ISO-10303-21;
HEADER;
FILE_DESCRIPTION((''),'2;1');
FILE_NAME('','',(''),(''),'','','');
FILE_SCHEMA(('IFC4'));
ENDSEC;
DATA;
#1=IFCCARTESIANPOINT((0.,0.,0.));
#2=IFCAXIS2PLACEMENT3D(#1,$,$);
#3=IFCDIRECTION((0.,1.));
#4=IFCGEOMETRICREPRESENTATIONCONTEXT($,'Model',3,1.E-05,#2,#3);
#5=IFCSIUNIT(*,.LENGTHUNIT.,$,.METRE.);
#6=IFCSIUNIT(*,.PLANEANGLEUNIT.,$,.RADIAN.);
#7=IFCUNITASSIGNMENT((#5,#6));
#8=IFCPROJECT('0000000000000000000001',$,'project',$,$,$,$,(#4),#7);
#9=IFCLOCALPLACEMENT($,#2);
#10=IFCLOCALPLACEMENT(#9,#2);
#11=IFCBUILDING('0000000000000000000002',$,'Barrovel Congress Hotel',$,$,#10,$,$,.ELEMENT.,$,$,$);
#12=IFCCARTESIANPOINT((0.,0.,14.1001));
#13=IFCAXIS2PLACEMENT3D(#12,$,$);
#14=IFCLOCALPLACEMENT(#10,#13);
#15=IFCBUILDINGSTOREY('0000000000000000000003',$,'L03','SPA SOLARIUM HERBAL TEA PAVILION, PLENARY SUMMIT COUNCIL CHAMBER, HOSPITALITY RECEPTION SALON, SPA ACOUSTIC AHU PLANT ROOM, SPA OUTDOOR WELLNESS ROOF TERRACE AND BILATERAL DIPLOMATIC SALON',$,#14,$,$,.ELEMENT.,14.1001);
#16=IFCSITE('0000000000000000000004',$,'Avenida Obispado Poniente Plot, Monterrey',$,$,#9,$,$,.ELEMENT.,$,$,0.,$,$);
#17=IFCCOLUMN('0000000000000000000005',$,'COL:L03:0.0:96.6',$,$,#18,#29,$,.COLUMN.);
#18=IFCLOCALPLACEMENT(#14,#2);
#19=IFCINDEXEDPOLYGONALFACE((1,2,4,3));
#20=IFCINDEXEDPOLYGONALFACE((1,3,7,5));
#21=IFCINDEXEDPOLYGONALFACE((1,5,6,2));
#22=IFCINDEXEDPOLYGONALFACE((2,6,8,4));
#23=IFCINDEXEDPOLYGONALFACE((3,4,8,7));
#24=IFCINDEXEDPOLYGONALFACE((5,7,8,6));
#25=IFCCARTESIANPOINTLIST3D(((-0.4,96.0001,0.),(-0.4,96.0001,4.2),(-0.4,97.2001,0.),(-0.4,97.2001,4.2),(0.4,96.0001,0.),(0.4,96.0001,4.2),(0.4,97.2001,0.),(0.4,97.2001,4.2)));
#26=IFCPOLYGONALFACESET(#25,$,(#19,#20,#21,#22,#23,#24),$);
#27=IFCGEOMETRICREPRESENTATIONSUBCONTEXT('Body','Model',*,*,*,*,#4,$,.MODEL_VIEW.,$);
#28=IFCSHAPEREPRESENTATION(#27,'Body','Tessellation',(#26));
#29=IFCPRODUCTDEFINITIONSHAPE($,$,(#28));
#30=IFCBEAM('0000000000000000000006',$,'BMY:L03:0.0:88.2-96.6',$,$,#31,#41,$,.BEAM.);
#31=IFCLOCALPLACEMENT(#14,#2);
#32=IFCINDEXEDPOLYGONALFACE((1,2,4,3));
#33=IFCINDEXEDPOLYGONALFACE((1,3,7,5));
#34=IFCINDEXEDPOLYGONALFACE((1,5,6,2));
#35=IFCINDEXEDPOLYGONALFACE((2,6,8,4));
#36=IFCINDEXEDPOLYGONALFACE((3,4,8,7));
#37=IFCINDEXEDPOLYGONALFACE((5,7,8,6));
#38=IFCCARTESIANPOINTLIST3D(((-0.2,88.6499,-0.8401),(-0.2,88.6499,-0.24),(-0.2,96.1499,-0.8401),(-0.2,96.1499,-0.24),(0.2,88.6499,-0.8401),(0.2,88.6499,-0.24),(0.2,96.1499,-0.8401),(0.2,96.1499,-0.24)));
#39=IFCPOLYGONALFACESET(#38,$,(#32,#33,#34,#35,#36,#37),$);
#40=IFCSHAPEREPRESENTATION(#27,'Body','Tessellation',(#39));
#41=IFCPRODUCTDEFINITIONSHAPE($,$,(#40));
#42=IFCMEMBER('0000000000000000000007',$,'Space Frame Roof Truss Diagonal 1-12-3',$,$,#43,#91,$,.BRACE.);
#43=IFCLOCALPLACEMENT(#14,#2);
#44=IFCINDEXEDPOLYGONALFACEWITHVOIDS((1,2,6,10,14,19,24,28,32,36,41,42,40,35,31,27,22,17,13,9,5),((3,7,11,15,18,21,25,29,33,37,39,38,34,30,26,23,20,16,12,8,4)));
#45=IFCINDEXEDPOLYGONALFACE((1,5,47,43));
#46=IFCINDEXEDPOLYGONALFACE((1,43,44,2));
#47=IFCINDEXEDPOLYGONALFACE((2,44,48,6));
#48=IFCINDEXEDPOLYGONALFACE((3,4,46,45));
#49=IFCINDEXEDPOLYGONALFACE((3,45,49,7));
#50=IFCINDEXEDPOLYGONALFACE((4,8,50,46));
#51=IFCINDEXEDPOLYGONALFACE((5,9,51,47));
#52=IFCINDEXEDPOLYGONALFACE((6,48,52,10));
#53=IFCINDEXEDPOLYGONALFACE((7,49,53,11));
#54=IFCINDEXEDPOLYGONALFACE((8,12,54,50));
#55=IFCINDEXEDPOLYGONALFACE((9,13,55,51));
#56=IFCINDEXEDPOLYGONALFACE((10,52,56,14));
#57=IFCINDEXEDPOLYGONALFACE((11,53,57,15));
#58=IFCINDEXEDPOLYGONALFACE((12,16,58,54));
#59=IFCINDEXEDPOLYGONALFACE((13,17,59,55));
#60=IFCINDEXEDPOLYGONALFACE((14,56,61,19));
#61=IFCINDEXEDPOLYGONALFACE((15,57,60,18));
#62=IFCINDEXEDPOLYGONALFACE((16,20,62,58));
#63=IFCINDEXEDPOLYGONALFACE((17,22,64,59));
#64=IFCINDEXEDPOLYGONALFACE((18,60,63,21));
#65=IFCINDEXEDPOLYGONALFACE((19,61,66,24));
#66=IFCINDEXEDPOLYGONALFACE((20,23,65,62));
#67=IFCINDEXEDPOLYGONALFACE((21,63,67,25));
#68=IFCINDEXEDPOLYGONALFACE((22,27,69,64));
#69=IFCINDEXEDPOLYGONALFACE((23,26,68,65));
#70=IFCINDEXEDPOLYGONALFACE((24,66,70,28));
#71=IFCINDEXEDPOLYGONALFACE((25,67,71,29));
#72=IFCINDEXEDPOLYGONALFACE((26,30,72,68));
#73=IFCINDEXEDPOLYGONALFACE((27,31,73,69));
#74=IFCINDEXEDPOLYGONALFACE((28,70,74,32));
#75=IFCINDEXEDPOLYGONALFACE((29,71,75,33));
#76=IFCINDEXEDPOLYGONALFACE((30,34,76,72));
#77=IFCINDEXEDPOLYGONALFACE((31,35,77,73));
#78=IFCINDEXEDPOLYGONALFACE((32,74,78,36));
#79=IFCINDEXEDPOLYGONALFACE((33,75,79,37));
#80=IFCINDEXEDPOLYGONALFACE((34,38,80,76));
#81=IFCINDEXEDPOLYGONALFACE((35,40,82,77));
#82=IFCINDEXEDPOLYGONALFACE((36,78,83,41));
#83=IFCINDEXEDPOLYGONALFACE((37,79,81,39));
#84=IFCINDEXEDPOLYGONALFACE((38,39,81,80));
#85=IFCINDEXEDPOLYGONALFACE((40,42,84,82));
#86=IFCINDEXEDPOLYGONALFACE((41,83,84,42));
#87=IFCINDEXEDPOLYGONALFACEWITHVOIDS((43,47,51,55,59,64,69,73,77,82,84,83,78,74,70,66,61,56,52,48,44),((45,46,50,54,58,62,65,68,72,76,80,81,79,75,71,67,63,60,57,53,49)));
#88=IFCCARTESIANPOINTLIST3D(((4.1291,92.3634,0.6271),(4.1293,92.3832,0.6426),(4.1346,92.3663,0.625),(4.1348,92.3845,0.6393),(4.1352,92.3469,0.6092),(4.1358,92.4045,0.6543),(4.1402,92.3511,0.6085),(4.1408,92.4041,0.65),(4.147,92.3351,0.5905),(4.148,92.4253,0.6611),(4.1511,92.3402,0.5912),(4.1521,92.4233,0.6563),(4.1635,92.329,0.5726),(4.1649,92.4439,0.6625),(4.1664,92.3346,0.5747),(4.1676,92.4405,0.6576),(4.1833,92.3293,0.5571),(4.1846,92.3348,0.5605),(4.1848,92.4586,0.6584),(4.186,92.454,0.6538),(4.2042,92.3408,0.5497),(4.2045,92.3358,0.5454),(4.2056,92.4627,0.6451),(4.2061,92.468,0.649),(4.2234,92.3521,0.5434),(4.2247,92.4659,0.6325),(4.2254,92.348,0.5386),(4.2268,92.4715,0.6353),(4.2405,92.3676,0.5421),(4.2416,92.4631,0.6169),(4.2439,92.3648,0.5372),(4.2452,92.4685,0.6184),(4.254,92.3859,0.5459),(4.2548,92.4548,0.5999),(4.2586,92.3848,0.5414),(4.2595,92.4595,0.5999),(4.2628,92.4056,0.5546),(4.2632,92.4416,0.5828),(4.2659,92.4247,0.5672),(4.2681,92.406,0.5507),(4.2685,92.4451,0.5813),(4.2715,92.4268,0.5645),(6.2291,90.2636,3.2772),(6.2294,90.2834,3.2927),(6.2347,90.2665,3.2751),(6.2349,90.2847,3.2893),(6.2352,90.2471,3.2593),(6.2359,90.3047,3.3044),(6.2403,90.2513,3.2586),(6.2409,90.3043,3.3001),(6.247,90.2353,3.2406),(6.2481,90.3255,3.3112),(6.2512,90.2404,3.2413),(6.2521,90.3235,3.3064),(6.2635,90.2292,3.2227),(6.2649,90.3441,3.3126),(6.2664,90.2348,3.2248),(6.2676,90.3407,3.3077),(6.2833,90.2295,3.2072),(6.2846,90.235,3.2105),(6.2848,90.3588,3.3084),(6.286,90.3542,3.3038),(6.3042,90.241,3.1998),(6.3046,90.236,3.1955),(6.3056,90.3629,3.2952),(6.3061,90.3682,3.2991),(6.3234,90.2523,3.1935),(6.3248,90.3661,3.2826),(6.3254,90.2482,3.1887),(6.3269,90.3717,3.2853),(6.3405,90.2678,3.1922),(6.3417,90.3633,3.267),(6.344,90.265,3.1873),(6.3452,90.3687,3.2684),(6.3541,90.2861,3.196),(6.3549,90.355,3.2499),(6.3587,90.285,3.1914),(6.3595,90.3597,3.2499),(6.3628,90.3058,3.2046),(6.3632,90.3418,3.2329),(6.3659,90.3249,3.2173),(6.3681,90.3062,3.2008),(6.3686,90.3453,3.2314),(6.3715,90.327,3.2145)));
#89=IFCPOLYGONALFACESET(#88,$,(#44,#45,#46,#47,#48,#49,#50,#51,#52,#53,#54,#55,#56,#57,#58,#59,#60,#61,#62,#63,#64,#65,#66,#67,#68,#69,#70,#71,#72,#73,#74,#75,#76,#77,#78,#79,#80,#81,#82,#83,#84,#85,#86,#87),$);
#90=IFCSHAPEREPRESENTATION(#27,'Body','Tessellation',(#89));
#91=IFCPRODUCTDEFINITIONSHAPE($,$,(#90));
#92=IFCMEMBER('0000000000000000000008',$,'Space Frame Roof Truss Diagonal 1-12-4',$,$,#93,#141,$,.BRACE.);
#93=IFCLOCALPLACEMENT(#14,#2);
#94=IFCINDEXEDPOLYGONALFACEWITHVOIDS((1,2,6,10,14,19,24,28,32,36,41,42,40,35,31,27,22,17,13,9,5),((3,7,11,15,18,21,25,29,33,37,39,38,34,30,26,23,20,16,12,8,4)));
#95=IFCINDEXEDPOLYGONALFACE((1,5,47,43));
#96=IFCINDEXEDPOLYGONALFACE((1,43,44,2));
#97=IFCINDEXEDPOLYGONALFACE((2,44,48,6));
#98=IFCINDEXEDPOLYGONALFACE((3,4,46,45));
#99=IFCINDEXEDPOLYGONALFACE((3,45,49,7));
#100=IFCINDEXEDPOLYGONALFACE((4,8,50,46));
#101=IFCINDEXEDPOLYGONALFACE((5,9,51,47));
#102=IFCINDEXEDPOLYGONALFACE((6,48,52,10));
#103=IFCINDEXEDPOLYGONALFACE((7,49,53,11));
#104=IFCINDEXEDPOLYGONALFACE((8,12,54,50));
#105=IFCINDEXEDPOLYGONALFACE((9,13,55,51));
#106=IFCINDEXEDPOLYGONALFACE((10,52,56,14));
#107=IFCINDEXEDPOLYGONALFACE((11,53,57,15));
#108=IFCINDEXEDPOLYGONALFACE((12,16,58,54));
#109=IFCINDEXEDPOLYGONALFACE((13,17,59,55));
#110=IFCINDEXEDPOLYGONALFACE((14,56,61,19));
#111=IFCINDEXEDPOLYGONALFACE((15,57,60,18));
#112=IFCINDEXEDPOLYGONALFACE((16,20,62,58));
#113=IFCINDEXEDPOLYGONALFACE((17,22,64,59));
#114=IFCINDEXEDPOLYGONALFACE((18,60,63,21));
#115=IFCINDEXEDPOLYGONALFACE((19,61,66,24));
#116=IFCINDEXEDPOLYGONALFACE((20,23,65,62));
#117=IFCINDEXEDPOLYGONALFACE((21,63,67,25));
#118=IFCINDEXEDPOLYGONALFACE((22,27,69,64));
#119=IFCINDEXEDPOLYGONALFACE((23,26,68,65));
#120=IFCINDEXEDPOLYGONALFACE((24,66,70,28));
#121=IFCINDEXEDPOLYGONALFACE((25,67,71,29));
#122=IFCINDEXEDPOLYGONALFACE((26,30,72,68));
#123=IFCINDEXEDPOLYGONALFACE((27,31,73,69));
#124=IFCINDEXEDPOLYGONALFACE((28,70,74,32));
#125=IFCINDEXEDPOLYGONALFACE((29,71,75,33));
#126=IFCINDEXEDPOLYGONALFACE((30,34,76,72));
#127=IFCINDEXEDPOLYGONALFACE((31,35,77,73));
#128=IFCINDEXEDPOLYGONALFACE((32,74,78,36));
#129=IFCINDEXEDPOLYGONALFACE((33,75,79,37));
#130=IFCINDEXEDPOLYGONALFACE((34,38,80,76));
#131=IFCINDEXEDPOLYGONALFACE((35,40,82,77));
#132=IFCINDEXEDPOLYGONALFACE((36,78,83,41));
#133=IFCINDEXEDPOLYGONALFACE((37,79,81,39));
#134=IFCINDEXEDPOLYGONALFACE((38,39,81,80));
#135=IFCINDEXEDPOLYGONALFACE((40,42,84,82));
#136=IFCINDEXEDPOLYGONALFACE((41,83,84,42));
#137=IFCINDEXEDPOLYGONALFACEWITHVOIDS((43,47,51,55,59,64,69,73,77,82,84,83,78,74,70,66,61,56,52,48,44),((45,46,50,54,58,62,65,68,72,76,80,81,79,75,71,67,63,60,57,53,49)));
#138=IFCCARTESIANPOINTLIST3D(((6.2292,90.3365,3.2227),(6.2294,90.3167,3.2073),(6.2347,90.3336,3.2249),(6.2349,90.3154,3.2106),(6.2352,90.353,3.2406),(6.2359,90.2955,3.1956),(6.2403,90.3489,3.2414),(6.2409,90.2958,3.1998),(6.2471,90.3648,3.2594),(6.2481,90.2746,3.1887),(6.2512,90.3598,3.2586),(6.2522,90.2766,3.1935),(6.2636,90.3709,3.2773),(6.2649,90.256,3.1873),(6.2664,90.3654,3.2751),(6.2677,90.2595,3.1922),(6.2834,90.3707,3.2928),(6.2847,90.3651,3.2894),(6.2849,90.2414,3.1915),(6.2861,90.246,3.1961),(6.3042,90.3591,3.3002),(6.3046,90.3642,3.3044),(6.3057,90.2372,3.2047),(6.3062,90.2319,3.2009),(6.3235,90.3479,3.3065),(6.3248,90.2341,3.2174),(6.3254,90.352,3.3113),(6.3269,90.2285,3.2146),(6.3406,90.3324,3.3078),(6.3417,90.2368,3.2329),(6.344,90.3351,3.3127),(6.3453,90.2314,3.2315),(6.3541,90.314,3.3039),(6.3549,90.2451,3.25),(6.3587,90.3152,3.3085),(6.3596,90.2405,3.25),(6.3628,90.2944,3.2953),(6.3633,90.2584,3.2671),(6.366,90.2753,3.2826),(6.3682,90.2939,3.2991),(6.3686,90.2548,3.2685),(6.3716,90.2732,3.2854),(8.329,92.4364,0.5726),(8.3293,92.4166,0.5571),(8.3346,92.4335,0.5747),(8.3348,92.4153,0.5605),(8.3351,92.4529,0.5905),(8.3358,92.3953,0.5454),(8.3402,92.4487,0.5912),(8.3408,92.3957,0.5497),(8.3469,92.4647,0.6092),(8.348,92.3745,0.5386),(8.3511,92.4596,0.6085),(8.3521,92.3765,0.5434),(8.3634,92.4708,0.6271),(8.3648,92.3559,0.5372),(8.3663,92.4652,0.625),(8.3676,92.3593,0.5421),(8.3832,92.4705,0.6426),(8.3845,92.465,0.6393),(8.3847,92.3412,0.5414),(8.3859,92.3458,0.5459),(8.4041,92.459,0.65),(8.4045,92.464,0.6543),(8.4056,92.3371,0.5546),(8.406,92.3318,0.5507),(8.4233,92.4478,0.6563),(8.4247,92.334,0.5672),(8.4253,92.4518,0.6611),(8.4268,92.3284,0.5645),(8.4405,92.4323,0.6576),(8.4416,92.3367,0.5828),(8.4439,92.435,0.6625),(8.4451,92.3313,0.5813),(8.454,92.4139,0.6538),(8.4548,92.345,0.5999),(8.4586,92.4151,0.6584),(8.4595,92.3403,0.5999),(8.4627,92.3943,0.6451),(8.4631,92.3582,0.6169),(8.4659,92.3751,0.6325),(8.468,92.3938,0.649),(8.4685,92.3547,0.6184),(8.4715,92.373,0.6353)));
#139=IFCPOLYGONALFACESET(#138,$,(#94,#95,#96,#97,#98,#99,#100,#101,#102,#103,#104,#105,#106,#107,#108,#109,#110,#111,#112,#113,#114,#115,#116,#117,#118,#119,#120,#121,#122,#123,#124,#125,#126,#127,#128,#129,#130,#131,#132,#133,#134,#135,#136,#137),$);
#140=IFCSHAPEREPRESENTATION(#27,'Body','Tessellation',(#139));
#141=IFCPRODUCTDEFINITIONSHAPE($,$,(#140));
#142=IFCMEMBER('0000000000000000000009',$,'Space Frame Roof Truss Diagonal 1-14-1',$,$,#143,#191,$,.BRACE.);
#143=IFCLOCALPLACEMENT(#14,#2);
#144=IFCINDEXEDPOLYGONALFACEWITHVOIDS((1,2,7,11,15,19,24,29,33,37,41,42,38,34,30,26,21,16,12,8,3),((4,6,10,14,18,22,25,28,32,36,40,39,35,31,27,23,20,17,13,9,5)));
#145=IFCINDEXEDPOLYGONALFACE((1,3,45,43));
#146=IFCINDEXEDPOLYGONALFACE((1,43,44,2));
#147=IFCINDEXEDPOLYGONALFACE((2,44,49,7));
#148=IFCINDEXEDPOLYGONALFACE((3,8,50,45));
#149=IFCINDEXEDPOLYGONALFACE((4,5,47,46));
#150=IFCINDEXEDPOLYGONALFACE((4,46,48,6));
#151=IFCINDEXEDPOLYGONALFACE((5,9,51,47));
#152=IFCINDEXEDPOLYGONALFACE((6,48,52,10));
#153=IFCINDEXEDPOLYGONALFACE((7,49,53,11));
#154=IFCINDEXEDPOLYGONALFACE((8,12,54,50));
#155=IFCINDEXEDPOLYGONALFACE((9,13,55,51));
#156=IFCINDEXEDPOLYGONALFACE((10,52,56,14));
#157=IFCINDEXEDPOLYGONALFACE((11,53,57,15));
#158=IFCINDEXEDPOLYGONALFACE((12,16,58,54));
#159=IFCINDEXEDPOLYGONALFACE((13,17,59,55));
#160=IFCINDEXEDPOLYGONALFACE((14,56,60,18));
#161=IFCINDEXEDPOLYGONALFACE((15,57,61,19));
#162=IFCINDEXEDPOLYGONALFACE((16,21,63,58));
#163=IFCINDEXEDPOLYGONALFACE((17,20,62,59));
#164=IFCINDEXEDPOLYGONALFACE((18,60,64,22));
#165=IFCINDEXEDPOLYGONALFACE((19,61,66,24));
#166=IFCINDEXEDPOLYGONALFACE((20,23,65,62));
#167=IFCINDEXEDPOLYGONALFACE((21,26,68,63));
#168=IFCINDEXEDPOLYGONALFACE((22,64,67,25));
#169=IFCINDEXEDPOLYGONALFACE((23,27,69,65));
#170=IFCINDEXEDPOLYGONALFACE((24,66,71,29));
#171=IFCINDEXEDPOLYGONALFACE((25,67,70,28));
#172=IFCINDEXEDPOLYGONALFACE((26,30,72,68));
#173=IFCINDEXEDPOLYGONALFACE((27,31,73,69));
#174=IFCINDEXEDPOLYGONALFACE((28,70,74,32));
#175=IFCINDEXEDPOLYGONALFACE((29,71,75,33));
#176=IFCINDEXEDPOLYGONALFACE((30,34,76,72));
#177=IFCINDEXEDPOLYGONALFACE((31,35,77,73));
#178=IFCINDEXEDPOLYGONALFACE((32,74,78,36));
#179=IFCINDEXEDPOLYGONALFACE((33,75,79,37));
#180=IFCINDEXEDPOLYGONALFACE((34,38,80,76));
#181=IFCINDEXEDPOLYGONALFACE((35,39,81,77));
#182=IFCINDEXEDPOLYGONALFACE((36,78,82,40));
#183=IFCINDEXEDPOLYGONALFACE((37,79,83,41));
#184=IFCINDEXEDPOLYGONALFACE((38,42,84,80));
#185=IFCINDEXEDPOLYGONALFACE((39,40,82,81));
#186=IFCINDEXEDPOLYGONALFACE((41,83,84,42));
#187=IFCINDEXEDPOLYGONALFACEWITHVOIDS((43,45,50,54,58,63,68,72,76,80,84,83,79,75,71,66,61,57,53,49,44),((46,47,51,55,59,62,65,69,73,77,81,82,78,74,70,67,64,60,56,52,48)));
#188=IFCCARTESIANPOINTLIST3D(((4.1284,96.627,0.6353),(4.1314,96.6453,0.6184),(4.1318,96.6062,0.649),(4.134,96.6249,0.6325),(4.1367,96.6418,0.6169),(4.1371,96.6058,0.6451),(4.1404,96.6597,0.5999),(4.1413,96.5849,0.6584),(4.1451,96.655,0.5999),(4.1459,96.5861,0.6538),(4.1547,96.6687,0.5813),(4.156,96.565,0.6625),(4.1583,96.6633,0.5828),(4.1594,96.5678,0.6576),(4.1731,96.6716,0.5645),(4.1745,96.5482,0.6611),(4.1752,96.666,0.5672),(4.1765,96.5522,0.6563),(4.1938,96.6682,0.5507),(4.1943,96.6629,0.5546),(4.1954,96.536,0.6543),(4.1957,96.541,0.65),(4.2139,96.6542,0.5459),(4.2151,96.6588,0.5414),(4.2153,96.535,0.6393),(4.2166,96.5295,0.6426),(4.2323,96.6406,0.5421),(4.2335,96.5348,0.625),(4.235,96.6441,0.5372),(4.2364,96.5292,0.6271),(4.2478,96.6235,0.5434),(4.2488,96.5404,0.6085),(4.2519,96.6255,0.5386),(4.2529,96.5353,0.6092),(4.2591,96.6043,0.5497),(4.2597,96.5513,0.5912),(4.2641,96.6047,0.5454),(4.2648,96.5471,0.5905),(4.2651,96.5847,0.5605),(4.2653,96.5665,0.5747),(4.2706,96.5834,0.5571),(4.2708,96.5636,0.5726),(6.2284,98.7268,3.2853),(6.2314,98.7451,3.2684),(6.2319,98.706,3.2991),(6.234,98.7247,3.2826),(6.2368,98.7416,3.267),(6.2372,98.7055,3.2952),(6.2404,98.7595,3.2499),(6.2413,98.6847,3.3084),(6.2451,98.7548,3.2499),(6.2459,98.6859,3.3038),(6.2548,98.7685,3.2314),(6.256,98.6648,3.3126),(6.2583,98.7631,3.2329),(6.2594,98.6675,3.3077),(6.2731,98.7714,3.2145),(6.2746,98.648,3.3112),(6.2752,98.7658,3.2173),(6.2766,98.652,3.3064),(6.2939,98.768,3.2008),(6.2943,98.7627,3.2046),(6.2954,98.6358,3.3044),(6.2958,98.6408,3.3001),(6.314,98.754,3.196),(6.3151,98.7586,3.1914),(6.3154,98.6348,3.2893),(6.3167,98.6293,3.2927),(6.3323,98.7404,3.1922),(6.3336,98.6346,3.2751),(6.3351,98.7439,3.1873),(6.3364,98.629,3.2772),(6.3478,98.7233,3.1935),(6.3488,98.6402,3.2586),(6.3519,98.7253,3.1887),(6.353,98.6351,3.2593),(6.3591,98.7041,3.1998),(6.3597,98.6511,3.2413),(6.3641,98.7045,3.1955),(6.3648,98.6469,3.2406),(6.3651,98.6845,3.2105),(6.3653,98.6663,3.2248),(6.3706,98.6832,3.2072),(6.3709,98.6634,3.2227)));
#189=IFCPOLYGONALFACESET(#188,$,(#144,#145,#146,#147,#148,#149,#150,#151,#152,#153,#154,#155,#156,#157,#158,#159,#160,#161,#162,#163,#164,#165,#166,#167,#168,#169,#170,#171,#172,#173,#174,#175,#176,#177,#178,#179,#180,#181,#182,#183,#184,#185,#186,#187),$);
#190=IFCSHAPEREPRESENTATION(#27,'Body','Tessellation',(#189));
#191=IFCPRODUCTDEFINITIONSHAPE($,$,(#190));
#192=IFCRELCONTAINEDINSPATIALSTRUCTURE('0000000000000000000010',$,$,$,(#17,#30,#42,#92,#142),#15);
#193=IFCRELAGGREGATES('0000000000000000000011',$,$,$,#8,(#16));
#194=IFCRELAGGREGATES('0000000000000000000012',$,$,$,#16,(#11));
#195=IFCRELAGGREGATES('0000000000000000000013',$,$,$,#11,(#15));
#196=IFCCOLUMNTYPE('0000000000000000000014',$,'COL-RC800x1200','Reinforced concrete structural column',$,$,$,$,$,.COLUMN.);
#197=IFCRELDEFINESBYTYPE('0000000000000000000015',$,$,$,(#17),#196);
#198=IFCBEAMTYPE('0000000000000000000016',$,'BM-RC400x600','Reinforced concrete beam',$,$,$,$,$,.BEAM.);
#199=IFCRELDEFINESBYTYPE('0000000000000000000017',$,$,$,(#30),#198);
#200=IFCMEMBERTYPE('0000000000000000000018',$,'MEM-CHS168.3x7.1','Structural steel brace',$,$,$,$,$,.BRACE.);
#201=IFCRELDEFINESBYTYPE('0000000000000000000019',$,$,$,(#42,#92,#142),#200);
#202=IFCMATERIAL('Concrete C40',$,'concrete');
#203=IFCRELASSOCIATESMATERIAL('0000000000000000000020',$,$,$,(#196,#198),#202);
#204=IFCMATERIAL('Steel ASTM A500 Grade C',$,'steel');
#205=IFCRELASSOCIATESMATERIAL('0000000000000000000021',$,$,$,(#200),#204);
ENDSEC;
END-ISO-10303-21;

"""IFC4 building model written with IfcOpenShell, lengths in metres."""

from ifc_helpers import new_model, si_unit, direction, frame, origin, origin_2d, place, context, subcontext, project, spatial, rectangle, hollow_circle, extrude, material, material_profile, profile_set, type_object, element, save


model = new_model("IFC4")

# Units and contexts
model_context = context("Model", 3, precision=1e-05, world=origin(), true_north=direction((0.0, 1.0)))
body_context = subcontext(model_context, "Body", "Model", "MODEL_VIEW")
ifc_project = project(units=[si_unit("LENGTHUNIT", "METRE"), si_unit("PLANEANGLEUNIT", "RADIAN")], contexts=[model_context])

# Site, building, storey
site_placement = place(None, origin())
site = spatial("IfcSite", under=ifc_project, at=site_placement, Name="Avenida Obispado Poniente Plot, Monterrey", CompositionType="ELEMENT", RefElevation=0.0)
building_placement = place(site_placement, origin())
building = spatial("IfcBuilding", under=site, at=building_placement, Name="Barrovel Congress Hotel", CompositionType="ELEMENT")
storey_placement = place(building_placement, frame((0.0, 0.0, 14.1001)))
storey = spatial("IfcBuildingStorey", under=building, at=storey_placement, Name="L03", Description="SPA SOLARIUM HERBAL TEA PAVILION, PLENARY SUMMIT COUNCIL CHAMBER, HOSPITALITY RECEPTION SALON, SPA ACOUSTIC AHU PLANT ROOM, SPA OUTDOOR WELLNESS ROOF TERRACE AND BILATERAL DIPLOMATIC SALON", CompositionType="ELEMENT", Elevation=14.1001)

# Column
ifc_material_1 = material(Name="Concrete C40", Category="concrete")
ifc_material_profile_1 = material_profile(ifc_material_1, rectangle(XDim=0.8, YDim=1.2, at=origin_2d()), Name="RC800x1200")
ifc_profile_set_1 = profile_set([ifc_material_profile_1], Name="Concrete C40")
column_type = type_object("IfcColumnType", Name="COL-RC800x1200", Description="Reinforced concrete structural column", PredefinedType="COLUMN", material=ifc_profile_set_1)
column_placement = place(storey_placement, frame((0.0, 96.6001, 0.0), z_axis=(0.0, 0.0, 1.0), x_axis=(1.0, 0.0, 0.0)))
element("IfcColumn", 1, at=column_placement, inside=storey, type_object=column_type, Name="COL:L03:0.0:96.6", PredefinedType="COLUMN", context=body_context, shape_type="SweptSolid", body=[
    extrude(rectangle(XDim=0.8, YDim=1.2, at=origin_2d()), origin(), (0.0, 0.0, 1.0), 4.2),
])

# Beam
ifc_material_profile_2 = material_profile(ifc_material_1, rectangle(XDim=0.3999, YDim=0.6001, at=origin_2d()), Name="RC400x600")
ifc_profile_set_2 = profile_set([ifc_material_profile_2], Name="Concrete C40")
beam_type_1 = type_object("IfcBeamType", Name="BM-RC400x600", Description="Reinforced concrete beam", PredefinedType="BEAM", material=ifc_profile_set_2)
beam_1_placement = place(storey_placement, frame((0.0, 88.6499, -0.54), z_axis=(0.0, 1.0, 0.0), x_axis=(-1.0, 0.0, 0.0)))
element("IfcBeam", 2, at=beam_1_placement, inside=storey, type_object=beam_type_1, Name="BMY:L03:0.0:88.2-96.6", PredefinedType="BEAM", context=body_context, shape_type="SweptSolid", body=[
    extrude(rectangle(XDim=0.3999, YDim=0.6001, at=origin_2d()), origin(), (0.0, 0.0, 1.0), 7.5),
])

# Members
ifc_material_2 = material(Name="Steel ASTM A500 Grade C", Category="steel")
ifc_material_profile_3 = material_profile(ifc_material_2, hollow_circle(Radius=0.0842, WallThickness=0.0066, at=origin_2d()), Name="CHS168.3x7.1")
ifc_profile_set_3 = profile_set([ifc_material_profile_3], Name="Steel ASTM A500 Grade C")
member_type_1 = type_object("IfcMemberType", Name="MEM-CHS168.3x7.1", Description="Structural steel brace", PredefinedType="BRACE", material=ifc_profile_set_3)
for number, where, z_axis, x_axis, name in (
    (3, (4.2, 92.3999, 0.5999), (0.527618, -0.527557, 0.66581), (0.707066, 0.707148, 0.0), "Space Frame Roof Truss Diagonal 1-12-3"),
    (4, (8.3999, 92.3999, 0.5999), (-0.527574, -0.527574, 0.665831), (0.707107, -0.707107, 0.0), "Space Frame Roof Truss Diagonal 1-12-4"),
    (5, (4.2, 96.6001, 0.5999), (0.527618, 0.527557, 0.66581), (-0.707066, 0.707148, 0.0), "Space Frame Roof Truss Diagonal 1-14-1"),
):
    element("IfcMember", number, at=place(storey_placement, frame(where, z_axis=z_axis, x_axis=x_axis)), inside=storey, type_object=member_type_1, Name=name, PredefinedType="BRACE", context=body_context, shape_type="SweptSolid", body=[
        extrude(hollow_circle(Radius=0.0842, WallThickness=0.0066, at=origin_2d()), origin(), (0.0, 0.0, 1.0), 3.9802),
    ])

save(model, "model.ifc")
